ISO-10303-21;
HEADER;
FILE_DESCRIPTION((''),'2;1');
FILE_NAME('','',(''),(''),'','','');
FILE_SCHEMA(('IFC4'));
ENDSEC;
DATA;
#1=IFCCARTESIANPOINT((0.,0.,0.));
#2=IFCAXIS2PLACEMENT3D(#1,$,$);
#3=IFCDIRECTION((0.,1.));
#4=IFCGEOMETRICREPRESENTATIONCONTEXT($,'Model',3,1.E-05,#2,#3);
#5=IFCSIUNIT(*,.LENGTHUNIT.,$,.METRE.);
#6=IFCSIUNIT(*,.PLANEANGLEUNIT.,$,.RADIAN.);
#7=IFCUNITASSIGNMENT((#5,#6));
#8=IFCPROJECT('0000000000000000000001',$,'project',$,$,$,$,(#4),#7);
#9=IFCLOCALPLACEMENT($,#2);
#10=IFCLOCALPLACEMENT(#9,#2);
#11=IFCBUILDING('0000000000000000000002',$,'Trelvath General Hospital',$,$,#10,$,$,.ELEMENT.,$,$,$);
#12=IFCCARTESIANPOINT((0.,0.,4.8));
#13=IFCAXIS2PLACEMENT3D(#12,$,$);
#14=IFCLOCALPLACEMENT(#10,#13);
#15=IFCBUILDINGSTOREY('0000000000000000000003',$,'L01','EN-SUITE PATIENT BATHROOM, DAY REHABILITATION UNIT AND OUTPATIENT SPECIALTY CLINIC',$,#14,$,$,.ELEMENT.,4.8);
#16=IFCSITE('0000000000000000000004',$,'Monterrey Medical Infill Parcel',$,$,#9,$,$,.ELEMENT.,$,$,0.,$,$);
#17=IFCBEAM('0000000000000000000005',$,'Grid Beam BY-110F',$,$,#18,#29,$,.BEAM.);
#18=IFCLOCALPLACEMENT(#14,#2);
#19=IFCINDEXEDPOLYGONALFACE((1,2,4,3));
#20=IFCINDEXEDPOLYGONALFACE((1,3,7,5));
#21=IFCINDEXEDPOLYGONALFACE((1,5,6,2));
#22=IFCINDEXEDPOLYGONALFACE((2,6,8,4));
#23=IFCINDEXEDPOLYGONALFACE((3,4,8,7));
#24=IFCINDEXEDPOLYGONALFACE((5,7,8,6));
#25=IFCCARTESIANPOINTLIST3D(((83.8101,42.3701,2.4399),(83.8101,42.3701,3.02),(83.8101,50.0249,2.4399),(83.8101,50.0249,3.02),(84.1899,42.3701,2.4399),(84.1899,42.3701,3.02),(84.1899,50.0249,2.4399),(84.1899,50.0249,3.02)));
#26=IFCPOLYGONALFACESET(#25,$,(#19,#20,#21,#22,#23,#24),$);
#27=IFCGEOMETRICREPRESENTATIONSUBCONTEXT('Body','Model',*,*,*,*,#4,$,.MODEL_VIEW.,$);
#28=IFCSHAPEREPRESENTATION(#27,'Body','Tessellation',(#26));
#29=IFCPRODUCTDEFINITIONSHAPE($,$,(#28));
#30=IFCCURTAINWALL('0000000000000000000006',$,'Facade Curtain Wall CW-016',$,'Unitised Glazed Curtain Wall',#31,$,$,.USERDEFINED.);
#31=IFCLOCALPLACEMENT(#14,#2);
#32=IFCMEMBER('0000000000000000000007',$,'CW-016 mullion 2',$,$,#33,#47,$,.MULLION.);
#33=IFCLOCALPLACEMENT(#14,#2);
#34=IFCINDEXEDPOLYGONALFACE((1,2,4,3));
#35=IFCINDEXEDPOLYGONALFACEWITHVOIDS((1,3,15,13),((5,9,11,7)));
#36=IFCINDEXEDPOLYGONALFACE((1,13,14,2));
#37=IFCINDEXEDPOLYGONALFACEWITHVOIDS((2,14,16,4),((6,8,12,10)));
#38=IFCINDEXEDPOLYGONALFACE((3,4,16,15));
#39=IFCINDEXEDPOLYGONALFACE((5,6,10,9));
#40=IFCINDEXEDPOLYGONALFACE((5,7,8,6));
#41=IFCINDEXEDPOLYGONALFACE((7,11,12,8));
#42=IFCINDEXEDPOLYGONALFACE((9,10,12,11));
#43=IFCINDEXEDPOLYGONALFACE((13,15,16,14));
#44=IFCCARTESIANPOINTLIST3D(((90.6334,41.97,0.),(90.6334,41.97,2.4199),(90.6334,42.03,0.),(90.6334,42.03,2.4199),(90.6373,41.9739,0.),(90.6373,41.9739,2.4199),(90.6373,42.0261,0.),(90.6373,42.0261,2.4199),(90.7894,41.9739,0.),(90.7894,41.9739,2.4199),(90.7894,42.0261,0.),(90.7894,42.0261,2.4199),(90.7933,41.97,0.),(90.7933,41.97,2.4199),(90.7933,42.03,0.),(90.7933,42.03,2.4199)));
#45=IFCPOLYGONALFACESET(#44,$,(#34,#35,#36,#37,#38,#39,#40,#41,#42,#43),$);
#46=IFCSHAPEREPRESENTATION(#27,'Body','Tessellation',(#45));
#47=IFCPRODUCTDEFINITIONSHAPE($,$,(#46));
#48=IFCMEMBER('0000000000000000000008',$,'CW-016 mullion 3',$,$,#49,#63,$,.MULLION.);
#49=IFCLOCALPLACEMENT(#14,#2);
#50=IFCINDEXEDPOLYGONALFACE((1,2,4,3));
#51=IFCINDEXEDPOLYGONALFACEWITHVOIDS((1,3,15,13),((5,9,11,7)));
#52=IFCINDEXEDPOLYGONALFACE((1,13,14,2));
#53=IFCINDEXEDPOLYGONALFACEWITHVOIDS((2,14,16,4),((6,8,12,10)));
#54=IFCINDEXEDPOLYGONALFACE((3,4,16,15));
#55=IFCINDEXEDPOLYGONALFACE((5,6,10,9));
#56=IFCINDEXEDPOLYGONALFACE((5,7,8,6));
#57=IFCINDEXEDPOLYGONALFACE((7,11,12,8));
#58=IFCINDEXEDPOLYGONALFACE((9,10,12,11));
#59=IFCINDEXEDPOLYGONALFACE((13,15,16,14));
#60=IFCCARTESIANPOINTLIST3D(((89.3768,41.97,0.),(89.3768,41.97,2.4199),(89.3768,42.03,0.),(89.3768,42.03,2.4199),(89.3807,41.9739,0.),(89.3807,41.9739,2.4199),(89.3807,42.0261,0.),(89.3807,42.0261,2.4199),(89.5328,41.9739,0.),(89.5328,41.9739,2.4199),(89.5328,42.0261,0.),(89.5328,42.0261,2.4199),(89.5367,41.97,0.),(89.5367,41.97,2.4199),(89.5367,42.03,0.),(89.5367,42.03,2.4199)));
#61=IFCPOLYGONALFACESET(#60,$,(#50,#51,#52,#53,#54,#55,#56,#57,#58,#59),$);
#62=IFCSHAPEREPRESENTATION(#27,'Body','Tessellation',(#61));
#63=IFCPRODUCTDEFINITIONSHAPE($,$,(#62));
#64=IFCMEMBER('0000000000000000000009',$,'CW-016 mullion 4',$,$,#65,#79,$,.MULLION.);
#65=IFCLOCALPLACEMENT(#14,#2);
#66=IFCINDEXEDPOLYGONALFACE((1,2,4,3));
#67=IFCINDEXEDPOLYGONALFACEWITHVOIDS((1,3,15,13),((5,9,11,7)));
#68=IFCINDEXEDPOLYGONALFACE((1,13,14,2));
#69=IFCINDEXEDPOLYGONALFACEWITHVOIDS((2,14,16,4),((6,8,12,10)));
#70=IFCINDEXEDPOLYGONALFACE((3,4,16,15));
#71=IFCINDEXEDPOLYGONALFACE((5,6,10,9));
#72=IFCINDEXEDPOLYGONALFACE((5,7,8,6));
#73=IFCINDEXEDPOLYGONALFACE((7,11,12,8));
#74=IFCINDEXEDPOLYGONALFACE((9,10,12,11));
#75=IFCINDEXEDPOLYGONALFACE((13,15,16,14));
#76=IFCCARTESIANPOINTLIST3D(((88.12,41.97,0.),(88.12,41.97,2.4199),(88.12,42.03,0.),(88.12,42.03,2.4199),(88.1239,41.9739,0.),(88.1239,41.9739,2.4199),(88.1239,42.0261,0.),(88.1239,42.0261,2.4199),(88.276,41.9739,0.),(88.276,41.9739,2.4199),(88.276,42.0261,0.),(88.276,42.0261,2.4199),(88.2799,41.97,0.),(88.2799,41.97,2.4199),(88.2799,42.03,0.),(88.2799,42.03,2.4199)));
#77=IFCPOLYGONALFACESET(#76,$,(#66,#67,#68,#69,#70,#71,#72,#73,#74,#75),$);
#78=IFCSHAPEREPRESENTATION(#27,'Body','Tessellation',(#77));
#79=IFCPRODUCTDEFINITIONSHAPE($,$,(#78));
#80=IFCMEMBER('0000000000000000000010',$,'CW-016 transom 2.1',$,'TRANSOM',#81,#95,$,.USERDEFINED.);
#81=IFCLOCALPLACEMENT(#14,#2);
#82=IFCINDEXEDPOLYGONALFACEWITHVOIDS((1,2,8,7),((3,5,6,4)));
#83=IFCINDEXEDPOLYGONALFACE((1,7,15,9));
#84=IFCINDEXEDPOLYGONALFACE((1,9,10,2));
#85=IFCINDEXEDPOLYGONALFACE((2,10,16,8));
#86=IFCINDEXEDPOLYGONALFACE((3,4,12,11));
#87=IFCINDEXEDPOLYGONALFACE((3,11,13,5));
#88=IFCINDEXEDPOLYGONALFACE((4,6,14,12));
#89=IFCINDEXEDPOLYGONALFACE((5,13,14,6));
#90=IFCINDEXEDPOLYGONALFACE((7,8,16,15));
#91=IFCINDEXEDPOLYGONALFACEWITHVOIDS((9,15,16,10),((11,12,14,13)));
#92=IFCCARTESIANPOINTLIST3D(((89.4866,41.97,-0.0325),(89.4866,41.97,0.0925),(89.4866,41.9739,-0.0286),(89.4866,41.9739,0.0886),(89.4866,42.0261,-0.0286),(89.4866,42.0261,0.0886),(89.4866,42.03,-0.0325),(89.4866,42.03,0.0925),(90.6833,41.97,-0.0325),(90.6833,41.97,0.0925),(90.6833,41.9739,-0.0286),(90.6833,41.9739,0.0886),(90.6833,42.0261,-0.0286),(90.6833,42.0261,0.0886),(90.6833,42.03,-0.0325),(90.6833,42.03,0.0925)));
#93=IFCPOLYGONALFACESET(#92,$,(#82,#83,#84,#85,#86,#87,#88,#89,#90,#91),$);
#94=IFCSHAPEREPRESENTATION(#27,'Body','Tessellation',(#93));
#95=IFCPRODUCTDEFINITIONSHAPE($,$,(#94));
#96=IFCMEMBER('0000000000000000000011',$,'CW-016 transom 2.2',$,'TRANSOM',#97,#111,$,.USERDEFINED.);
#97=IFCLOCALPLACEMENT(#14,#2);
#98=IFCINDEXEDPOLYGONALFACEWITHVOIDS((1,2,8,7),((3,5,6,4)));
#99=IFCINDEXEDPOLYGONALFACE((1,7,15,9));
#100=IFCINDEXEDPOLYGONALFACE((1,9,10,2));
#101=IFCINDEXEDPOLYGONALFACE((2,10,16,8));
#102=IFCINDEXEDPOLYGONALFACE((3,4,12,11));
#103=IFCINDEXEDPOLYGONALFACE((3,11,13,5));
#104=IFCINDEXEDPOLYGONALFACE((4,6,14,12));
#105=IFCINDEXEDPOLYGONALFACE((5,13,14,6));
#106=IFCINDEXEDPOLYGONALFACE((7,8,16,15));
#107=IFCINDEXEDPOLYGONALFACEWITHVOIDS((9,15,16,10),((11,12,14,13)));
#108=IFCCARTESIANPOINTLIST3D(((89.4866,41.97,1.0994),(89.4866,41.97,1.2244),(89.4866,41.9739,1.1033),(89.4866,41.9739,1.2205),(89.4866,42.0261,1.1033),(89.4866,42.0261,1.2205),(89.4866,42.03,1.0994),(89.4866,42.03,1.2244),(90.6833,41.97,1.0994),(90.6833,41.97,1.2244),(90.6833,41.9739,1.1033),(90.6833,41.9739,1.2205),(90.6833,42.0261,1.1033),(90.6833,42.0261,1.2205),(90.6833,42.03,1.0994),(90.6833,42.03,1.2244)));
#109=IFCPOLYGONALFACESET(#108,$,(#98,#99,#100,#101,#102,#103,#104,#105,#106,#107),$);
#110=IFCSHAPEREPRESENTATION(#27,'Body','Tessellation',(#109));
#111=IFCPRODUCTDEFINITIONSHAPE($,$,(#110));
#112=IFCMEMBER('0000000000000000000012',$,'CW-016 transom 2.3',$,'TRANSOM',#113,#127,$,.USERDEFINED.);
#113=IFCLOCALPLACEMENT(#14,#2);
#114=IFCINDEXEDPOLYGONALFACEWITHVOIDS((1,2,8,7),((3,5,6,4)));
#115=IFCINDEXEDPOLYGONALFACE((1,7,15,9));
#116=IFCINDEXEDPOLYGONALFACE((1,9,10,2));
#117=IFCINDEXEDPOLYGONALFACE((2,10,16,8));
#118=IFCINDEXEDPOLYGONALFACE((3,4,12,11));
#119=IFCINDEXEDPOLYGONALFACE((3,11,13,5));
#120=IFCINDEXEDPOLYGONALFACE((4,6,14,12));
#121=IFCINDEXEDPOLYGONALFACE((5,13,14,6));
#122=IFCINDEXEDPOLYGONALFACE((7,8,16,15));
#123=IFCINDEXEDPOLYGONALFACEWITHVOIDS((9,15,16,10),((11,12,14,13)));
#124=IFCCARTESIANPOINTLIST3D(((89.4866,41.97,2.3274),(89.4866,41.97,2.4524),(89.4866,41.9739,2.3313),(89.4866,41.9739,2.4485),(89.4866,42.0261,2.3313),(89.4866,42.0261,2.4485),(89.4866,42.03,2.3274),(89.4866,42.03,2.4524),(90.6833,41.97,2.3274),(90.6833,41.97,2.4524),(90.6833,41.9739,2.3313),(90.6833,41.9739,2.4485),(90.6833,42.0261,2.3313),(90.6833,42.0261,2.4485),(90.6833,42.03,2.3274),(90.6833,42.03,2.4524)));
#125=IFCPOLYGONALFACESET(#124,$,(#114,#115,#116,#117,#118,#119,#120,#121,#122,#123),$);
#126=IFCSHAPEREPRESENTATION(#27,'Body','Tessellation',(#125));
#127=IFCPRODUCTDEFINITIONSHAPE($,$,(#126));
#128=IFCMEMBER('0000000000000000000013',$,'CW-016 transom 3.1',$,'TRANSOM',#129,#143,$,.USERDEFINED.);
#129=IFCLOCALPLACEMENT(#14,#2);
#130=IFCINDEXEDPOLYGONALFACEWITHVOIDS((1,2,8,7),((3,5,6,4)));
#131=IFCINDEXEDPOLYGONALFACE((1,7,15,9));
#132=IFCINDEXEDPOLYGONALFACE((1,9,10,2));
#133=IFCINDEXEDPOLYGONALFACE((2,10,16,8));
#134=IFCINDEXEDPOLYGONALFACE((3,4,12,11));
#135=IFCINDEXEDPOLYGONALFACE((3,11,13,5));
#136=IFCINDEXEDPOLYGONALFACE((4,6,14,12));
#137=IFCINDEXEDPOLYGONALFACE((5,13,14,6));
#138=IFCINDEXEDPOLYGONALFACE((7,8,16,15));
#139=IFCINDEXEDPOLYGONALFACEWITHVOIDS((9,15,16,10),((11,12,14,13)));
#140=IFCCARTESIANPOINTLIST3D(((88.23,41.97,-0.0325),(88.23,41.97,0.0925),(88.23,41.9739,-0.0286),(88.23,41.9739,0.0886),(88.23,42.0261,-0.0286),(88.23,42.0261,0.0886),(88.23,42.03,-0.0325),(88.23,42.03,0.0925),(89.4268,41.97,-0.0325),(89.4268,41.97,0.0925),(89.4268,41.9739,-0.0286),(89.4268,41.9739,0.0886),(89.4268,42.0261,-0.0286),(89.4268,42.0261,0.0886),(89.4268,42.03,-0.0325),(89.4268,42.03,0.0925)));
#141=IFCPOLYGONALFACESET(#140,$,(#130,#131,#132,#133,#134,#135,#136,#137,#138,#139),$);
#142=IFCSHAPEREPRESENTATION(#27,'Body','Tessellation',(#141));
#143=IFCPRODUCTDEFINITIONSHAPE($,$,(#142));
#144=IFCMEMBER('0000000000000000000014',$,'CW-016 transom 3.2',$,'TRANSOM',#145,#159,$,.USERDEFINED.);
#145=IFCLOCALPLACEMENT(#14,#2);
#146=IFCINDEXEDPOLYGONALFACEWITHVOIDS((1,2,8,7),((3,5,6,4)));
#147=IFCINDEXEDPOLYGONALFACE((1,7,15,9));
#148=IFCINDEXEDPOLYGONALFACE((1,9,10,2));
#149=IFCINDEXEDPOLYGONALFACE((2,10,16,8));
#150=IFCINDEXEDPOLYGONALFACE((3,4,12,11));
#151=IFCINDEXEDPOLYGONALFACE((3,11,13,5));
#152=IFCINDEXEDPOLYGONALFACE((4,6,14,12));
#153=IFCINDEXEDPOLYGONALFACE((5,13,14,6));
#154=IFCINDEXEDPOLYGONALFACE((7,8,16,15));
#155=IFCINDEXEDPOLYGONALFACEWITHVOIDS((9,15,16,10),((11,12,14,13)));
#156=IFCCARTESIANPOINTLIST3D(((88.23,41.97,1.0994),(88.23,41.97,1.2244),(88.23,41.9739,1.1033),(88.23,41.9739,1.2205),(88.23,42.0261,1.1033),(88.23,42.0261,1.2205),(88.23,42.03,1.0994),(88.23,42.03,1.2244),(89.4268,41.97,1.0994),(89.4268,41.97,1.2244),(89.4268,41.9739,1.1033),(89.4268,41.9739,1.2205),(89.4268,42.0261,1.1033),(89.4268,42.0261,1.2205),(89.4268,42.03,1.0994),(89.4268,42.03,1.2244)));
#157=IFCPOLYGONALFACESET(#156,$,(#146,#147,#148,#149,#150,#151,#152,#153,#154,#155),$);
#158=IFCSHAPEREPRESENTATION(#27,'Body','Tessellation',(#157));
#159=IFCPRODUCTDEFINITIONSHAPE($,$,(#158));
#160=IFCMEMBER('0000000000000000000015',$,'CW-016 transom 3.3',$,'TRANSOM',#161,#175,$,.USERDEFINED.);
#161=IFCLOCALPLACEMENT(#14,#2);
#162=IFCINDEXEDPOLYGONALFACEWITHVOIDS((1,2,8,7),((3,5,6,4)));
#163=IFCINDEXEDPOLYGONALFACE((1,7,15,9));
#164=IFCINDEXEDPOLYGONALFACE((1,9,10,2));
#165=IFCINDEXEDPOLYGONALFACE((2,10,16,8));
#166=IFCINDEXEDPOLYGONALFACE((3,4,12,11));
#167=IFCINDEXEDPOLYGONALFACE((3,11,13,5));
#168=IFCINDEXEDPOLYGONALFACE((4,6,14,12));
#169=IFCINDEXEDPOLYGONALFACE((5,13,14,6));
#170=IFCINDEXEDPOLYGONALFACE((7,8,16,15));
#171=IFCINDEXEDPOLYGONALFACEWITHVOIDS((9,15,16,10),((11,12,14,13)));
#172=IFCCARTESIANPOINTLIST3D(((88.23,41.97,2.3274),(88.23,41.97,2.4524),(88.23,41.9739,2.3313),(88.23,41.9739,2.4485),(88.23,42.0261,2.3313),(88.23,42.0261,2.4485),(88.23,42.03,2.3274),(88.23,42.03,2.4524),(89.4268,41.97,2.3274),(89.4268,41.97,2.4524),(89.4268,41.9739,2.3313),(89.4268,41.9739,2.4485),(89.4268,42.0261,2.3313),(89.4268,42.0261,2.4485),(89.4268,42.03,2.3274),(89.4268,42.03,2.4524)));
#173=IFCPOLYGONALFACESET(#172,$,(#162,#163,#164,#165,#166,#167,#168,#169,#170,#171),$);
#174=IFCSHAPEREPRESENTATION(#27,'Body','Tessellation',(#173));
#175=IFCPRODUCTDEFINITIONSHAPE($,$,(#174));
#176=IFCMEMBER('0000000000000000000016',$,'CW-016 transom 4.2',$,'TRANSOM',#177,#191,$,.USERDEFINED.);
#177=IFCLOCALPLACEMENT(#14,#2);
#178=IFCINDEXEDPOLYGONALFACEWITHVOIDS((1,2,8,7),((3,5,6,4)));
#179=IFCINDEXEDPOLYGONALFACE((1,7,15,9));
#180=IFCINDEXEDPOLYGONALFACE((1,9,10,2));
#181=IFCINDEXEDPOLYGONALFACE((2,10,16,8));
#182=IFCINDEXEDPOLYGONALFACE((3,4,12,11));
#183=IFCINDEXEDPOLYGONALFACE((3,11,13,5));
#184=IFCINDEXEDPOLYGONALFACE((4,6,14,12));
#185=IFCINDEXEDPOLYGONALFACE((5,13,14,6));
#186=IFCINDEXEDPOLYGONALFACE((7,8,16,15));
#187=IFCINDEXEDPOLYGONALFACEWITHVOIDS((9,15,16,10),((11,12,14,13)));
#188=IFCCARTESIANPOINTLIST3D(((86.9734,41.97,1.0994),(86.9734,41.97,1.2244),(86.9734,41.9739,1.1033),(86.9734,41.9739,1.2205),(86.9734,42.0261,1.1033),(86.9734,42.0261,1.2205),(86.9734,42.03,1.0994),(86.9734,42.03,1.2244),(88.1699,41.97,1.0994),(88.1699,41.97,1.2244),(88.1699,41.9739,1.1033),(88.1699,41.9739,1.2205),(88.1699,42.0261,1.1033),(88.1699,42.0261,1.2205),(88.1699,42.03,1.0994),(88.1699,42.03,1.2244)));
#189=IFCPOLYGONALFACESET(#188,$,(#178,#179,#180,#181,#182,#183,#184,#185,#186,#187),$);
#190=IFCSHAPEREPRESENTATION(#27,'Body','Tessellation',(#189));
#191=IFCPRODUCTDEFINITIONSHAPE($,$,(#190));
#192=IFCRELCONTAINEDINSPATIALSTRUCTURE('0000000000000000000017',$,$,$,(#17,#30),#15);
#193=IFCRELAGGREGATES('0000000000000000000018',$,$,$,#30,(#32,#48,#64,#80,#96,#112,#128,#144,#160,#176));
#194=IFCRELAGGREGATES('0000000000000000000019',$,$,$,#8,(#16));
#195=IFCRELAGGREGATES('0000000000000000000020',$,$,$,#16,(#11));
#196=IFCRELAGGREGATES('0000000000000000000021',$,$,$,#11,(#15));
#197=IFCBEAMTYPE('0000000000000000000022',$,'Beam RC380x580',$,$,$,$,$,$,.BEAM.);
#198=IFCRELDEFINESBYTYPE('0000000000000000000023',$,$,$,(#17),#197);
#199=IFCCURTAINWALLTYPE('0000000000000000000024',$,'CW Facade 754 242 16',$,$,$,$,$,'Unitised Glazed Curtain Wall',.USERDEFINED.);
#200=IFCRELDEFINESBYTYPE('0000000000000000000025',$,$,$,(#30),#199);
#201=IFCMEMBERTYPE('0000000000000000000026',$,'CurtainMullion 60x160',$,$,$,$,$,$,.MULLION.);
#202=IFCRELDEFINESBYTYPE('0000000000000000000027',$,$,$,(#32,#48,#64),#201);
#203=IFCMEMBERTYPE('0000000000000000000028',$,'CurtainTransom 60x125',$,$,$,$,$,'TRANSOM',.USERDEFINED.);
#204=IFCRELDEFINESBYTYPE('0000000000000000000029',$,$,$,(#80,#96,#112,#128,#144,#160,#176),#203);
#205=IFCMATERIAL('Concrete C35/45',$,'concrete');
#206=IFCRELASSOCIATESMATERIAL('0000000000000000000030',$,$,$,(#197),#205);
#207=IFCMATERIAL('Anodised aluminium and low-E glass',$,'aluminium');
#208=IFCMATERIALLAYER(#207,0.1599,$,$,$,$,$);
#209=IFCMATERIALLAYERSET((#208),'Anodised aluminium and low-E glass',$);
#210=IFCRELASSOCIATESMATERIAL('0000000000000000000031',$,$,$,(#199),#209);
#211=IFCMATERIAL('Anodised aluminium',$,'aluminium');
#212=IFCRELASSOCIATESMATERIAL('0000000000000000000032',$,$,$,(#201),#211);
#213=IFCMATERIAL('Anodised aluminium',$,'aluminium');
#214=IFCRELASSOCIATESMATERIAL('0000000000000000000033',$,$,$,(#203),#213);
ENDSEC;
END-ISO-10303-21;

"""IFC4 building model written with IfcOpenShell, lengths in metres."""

from ifc_helpers import new_model, si_unit, direction, frame, origin, origin_2d, place, context, subcontext, project, spatial, rectangle, hollow_rectangle, extrude, material, layer, layer_set, material_profile, profile_set, type_object, element, aggregate, save


model = new_model("IFC4")

# Units and contexts
model_context = context("Model", 3, precision=1e-05, world=origin(), true_north=direction((0.0, 1.0)))
body_context = subcontext(model_context, "Body", "Model", "MODEL_VIEW")
ifc_project = project(units=[si_unit("LENGTHUNIT", "METRE"), si_unit("PLANEANGLEUNIT", "RADIAN")], contexts=[model_context])

# Site, building, storey
site_placement = place(None, origin())
site = spatial("IfcSite", under=ifc_project, at=site_placement, Name="Monterrey Medical Infill Parcel", CompositionType="ELEMENT", RefElevation=0.0)
building_placement = place(site_placement, origin())
building = spatial("IfcBuilding", under=site, at=building_placement, Name="Trelvath General Hospital", CompositionType="ELEMENT")
storey_placement = place(building_placement, frame((0.0, 0.0, 4.8)))
storey = spatial("IfcBuildingStorey", under=building, at=storey_placement, Name="L01", Description="EN-SUITE PATIENT BATHROOM, DAY REHABILITATION UNIT AND OUTPATIENT SPECIALTY CLINIC", CompositionType="ELEMENT", Elevation=4.8)

# Beam
ifc_material_1 = material(Name="Concrete C35/45", Category="concrete")
ifc_material_profile_1 = material_profile(ifc_material_1, rectangle(XDim=0.3799, YDim=0.5801, at=origin_2d()), Name="RCB380x580")
ifc_profile_set_1 = profile_set([ifc_material_profile_1], Name="Concrete C35/45")
beam_type = type_object("IfcBeamType", Name="Beam RC380x580", PredefinedType="BEAM", material=ifc_profile_set_1)
beam_placement = place(storey_placement, frame((84.0, 42.3701, 2.73), z_axis=(0.0, 1.0, 0.0), x_axis=(-1.0, 0.0, 0.0)))
element("IfcBeam", 1, at=beam_placement, inside=storey, type_object=beam_type, Name="Grid Beam BY-110F", PredefinedType="BEAM", context=body_context, shape_type="SweptSolid", body=[
    extrude(rectangle(XDim=0.3799, YDim=0.5801, at=origin_2d()), origin(), (0.0, 0.0, 1.0), 7.6548),
])

# Curtain wall, members
ifc_material_2 = material(Name="Anodised aluminium and low-E glass", Category="aluminium")
ifc_layer_1 = layer(ifc_material_2, 0.1599)
ifc_layer_set_1 = layer_set([ifc_layer_1], Name="Anodised aluminium and low-E glass")
curtain_wall_type = type_object("IfcCurtainWallType", Name="CW Facade 754 242 16", ElementType="Unitised Glazed Curtain Wall", PredefinedType="USERDEFINED", material=ifc_layer_set_1)
curtain_wall_placement = place(storey_placement, origin())
curtain_wall = element("IfcCurtainWall", 2, at=curtain_wall_placement, inside=storey, type_object=curtain_wall_type, Name="Facade Curtain Wall CW-016", ObjectType="Unitised Glazed Curtain Wall", PredefinedType="USERDEFINED")
ifc_material_3 = material(Name="Anodised aluminium", Category="aluminium")
ifc_material_profile_2 = material_profile(ifc_material_3, hollow_rectangle(XDim=0.0601, YDim=0.1599, WallThickness=0.0039, at=origin_2d()), Name="RHS60x160x4")
ifc_profile_set_2 = profile_set([ifc_material_profile_2], Name="Anodised aluminium")
member_type_1 = type_object("IfcMemberType", Name="CurtainMullion 60x160", PredefinedType="MULLION", material=ifc_profile_set_2)
member_1_placement = place(storey_placement, frame((90.7134, 42.0, 0.0), z_axis=(0.0, 0.0, 1.0), x_axis=(0.0, -1.0, 0.0)))
member_1 = element("IfcMember", 3, at=member_1_placement, type_object=member_type_1, Name="CW-016 mullion 2", PredefinedType="MULLION", context=body_context, shape_type="SweptSolid", body=[
    extrude(hollow_rectangle(XDim=0.0601, YDim=0.1599, WallThickness=0.0039, at=origin_2d()), origin(), (0.0, 0.0, 1.0), 2.4199),
])
member_2_placement = place(storey_placement, frame((89.4568, 42.0, 0.0), z_axis=(0.0, 0.0, 1.0), x_axis=(0.0, -1.0, 0.0)))
member_2 = element("IfcMember", 4, at=member_2_placement, type_object=member_type_1, Name="CW-016 mullion 3", PredefinedType="MULLION", context=body_context, shape_type="SweptSolid", body=[
    extrude(hollow_rectangle(XDim=0.0601, YDim=0.1599, WallThickness=0.0039, at=origin_2d()), origin(), (0.0, 0.0, 1.0), 2.4199),
])
member_3_placement = place(storey_placement, frame((88.2, 42.0, 0.0), z_axis=(0.0, 0.0, 1.0), x_axis=(0.0, -1.0, 0.0)))
member_3 = element("IfcMember", 5, at=member_3_placement, type_object=member_type_1, Name="CW-016 mullion 4", PredefinedType="MULLION", context=body_context, shape_type="SweptSolid", body=[
    extrude(hollow_rectangle(XDim=0.0601, YDim=0.1599, WallThickness=0.0039, at=origin_2d()), origin(), (0.0, 0.0, 1.0), 2.4199),
])
ifc_material_4 = material(Name="Anodised aluminium", Category="aluminium")
ifc_material_profile_3 = material_profile(ifc_material_4, hollow_rectangle(XDim=0.0601, YDim=0.125, WallThickness=0.0039, at=origin_2d()), Name="RHS60x125x4")
ifc_profile_set_3 = profile_set([ifc_material_profile_3], Name="Anodised aluminium")
member_type_2 = type_object("IfcMemberType", Name="CurtainTransom 60x125", ElementType="TRANSOM", PredefinedType="USERDEFINED", material=ifc_profile_set_3)
member_4_placement = place(storey_placement, frame((90.6833, 42.0, 0.03), z_axis=(-1.0, 0.0, 0.0), x_axis=(0.0, -1.0, 0.0)))
member_4 = element("IfcMember", 6, at=member_4_placement, type_object=member_type_2, Name="CW-016 transom 2.1", ObjectType="TRANSOM", PredefinedType="USERDEFINED", context=body_context, shape_type="SweptSolid", body=[
    extrude(hollow_rectangle(XDim=0.0601, YDim=0.125, WallThickness=0.0039, at=origin_2d()), origin(), (0.0, 0.0, 1.0), 1.1968),
])
member_5_placement = place(storey_placement, frame((90.6833, 42.0, 1.1619), z_axis=(-1.0, 0.0, 0.0), x_axis=(0.0, -1.0, 0.0)))
member_5 = element("IfcMember", 7, at=member_5_placement, type_object=member_type_2, Name="CW-016 transom 2.2", ObjectType="TRANSOM", PredefinedType="USERDEFINED", context=body_context, shape_type="SweptSolid", body=[
    extrude(hollow_rectangle(XDim=0.0601, YDim=0.125, WallThickness=0.0039, at=origin_2d()), origin(), (0.0, 0.0, 1.0), 1.1968),
])
member_6_placement = place(storey_placement, frame((90.6833, 42.0, 2.3899), z_axis=(-1.0, 0.0, 0.0), x_axis=(0.0, -1.0, 0.0)))
member_6 = element("IfcMember", 8, at=member_6_placement, type_object=member_type_2, Name="CW-016 transom 2.3", ObjectType="TRANSOM", PredefinedType="USERDEFINED", context=body_context, shape_type="SweptSolid", body=[
    extrude(hollow_rectangle(XDim=0.0601, YDim=0.125, WallThickness=0.0039, at=origin_2d()), origin(), (0.0, 0.0, 1.0), 1.1968),
])
member_7_placement = place(storey_placement, frame((89.4268, 42.0, 0.03), z_axis=(-1.0, 0.0, 0.0), x_axis=(0.0, -1.0, 0.0)))
member_7 = element("IfcMember", 9, at=member_7_placement, type_object=member_type_2, Name="CW-016 transom 3.1", ObjectType="TRANSOM", PredefinedType="USERDEFINED", context=body_context, shape_type="SweptSolid", body=[
    extrude(hollow_rectangle(XDim=0.0601, YDim=0.125, WallThickness=0.0039, at=origin_2d()), origin(), (0.0, 0.0, 1.0), 1.1968),
])
member_8_placement = place(storey_placement, frame((89.4268, 42.0, 1.1619), z_axis=(-1.0, 0.0, 0.0), x_axis=(0.0, -1.0, 0.0)))
member_8 = element("IfcMember", 10, at=member_8_placement, type_object=member_type_2, Name="CW-016 transom 3.2", ObjectType="TRANSOM", PredefinedType="USERDEFINED", context=body_context, shape_type="SweptSolid", body=[
    extrude(hollow_rectangle(XDim=0.0601, YDim=0.125, WallThickness=0.0039, at=origin_2d()), origin(), (0.0, 0.0, 1.0), 1.1968),
])
member_9_placement = place(storey_placement, frame((89.4268, 42.0, 2.3899), z_axis=(-1.0, 0.0, 0.0), x_axis=(0.0, -1.0, 0.0)))
member_9 = element("IfcMember", 11, at=member_9_placement, type_object=member_type_2, Name="CW-016 transom 3.3", ObjectType="TRANSOM", PredefinedType="USERDEFINED", context=body_context, shape_type="SweptSolid", body=[
    extrude(hollow_rectangle(XDim=0.0601, YDim=0.125, WallThickness=0.0039, at=origin_2d()), origin(), (0.0, 0.0, 1.0), 1.1968),
])
member_10_placement = place(storey_placement, frame((88.1699, 42.0, 1.1619), z_axis=(-1.0, 0.0, 0.0), x_axis=(0.0, -1.0, 0.0)))
member_10 = element("IfcMember", 12, at=member_10_placement, type_object=member_type_2, Name="CW-016 transom 4.2", ObjectType="TRANSOM", PredefinedType="USERDEFINED", context=body_context, shape_type="SweptSolid", body=[
    extrude(hollow_rectangle(XDim=0.0601, YDim=0.125, WallThickness=0.0039, at=origin_2d()), origin(), (0.0, 0.0, 1.0), 1.1965),
])
aggregate(curtain_wall, [member_1, member_2, member_3, member_4, member_5, member_6, member_7, member_8, member_9, member_10])

save(model, "model.ifc")
